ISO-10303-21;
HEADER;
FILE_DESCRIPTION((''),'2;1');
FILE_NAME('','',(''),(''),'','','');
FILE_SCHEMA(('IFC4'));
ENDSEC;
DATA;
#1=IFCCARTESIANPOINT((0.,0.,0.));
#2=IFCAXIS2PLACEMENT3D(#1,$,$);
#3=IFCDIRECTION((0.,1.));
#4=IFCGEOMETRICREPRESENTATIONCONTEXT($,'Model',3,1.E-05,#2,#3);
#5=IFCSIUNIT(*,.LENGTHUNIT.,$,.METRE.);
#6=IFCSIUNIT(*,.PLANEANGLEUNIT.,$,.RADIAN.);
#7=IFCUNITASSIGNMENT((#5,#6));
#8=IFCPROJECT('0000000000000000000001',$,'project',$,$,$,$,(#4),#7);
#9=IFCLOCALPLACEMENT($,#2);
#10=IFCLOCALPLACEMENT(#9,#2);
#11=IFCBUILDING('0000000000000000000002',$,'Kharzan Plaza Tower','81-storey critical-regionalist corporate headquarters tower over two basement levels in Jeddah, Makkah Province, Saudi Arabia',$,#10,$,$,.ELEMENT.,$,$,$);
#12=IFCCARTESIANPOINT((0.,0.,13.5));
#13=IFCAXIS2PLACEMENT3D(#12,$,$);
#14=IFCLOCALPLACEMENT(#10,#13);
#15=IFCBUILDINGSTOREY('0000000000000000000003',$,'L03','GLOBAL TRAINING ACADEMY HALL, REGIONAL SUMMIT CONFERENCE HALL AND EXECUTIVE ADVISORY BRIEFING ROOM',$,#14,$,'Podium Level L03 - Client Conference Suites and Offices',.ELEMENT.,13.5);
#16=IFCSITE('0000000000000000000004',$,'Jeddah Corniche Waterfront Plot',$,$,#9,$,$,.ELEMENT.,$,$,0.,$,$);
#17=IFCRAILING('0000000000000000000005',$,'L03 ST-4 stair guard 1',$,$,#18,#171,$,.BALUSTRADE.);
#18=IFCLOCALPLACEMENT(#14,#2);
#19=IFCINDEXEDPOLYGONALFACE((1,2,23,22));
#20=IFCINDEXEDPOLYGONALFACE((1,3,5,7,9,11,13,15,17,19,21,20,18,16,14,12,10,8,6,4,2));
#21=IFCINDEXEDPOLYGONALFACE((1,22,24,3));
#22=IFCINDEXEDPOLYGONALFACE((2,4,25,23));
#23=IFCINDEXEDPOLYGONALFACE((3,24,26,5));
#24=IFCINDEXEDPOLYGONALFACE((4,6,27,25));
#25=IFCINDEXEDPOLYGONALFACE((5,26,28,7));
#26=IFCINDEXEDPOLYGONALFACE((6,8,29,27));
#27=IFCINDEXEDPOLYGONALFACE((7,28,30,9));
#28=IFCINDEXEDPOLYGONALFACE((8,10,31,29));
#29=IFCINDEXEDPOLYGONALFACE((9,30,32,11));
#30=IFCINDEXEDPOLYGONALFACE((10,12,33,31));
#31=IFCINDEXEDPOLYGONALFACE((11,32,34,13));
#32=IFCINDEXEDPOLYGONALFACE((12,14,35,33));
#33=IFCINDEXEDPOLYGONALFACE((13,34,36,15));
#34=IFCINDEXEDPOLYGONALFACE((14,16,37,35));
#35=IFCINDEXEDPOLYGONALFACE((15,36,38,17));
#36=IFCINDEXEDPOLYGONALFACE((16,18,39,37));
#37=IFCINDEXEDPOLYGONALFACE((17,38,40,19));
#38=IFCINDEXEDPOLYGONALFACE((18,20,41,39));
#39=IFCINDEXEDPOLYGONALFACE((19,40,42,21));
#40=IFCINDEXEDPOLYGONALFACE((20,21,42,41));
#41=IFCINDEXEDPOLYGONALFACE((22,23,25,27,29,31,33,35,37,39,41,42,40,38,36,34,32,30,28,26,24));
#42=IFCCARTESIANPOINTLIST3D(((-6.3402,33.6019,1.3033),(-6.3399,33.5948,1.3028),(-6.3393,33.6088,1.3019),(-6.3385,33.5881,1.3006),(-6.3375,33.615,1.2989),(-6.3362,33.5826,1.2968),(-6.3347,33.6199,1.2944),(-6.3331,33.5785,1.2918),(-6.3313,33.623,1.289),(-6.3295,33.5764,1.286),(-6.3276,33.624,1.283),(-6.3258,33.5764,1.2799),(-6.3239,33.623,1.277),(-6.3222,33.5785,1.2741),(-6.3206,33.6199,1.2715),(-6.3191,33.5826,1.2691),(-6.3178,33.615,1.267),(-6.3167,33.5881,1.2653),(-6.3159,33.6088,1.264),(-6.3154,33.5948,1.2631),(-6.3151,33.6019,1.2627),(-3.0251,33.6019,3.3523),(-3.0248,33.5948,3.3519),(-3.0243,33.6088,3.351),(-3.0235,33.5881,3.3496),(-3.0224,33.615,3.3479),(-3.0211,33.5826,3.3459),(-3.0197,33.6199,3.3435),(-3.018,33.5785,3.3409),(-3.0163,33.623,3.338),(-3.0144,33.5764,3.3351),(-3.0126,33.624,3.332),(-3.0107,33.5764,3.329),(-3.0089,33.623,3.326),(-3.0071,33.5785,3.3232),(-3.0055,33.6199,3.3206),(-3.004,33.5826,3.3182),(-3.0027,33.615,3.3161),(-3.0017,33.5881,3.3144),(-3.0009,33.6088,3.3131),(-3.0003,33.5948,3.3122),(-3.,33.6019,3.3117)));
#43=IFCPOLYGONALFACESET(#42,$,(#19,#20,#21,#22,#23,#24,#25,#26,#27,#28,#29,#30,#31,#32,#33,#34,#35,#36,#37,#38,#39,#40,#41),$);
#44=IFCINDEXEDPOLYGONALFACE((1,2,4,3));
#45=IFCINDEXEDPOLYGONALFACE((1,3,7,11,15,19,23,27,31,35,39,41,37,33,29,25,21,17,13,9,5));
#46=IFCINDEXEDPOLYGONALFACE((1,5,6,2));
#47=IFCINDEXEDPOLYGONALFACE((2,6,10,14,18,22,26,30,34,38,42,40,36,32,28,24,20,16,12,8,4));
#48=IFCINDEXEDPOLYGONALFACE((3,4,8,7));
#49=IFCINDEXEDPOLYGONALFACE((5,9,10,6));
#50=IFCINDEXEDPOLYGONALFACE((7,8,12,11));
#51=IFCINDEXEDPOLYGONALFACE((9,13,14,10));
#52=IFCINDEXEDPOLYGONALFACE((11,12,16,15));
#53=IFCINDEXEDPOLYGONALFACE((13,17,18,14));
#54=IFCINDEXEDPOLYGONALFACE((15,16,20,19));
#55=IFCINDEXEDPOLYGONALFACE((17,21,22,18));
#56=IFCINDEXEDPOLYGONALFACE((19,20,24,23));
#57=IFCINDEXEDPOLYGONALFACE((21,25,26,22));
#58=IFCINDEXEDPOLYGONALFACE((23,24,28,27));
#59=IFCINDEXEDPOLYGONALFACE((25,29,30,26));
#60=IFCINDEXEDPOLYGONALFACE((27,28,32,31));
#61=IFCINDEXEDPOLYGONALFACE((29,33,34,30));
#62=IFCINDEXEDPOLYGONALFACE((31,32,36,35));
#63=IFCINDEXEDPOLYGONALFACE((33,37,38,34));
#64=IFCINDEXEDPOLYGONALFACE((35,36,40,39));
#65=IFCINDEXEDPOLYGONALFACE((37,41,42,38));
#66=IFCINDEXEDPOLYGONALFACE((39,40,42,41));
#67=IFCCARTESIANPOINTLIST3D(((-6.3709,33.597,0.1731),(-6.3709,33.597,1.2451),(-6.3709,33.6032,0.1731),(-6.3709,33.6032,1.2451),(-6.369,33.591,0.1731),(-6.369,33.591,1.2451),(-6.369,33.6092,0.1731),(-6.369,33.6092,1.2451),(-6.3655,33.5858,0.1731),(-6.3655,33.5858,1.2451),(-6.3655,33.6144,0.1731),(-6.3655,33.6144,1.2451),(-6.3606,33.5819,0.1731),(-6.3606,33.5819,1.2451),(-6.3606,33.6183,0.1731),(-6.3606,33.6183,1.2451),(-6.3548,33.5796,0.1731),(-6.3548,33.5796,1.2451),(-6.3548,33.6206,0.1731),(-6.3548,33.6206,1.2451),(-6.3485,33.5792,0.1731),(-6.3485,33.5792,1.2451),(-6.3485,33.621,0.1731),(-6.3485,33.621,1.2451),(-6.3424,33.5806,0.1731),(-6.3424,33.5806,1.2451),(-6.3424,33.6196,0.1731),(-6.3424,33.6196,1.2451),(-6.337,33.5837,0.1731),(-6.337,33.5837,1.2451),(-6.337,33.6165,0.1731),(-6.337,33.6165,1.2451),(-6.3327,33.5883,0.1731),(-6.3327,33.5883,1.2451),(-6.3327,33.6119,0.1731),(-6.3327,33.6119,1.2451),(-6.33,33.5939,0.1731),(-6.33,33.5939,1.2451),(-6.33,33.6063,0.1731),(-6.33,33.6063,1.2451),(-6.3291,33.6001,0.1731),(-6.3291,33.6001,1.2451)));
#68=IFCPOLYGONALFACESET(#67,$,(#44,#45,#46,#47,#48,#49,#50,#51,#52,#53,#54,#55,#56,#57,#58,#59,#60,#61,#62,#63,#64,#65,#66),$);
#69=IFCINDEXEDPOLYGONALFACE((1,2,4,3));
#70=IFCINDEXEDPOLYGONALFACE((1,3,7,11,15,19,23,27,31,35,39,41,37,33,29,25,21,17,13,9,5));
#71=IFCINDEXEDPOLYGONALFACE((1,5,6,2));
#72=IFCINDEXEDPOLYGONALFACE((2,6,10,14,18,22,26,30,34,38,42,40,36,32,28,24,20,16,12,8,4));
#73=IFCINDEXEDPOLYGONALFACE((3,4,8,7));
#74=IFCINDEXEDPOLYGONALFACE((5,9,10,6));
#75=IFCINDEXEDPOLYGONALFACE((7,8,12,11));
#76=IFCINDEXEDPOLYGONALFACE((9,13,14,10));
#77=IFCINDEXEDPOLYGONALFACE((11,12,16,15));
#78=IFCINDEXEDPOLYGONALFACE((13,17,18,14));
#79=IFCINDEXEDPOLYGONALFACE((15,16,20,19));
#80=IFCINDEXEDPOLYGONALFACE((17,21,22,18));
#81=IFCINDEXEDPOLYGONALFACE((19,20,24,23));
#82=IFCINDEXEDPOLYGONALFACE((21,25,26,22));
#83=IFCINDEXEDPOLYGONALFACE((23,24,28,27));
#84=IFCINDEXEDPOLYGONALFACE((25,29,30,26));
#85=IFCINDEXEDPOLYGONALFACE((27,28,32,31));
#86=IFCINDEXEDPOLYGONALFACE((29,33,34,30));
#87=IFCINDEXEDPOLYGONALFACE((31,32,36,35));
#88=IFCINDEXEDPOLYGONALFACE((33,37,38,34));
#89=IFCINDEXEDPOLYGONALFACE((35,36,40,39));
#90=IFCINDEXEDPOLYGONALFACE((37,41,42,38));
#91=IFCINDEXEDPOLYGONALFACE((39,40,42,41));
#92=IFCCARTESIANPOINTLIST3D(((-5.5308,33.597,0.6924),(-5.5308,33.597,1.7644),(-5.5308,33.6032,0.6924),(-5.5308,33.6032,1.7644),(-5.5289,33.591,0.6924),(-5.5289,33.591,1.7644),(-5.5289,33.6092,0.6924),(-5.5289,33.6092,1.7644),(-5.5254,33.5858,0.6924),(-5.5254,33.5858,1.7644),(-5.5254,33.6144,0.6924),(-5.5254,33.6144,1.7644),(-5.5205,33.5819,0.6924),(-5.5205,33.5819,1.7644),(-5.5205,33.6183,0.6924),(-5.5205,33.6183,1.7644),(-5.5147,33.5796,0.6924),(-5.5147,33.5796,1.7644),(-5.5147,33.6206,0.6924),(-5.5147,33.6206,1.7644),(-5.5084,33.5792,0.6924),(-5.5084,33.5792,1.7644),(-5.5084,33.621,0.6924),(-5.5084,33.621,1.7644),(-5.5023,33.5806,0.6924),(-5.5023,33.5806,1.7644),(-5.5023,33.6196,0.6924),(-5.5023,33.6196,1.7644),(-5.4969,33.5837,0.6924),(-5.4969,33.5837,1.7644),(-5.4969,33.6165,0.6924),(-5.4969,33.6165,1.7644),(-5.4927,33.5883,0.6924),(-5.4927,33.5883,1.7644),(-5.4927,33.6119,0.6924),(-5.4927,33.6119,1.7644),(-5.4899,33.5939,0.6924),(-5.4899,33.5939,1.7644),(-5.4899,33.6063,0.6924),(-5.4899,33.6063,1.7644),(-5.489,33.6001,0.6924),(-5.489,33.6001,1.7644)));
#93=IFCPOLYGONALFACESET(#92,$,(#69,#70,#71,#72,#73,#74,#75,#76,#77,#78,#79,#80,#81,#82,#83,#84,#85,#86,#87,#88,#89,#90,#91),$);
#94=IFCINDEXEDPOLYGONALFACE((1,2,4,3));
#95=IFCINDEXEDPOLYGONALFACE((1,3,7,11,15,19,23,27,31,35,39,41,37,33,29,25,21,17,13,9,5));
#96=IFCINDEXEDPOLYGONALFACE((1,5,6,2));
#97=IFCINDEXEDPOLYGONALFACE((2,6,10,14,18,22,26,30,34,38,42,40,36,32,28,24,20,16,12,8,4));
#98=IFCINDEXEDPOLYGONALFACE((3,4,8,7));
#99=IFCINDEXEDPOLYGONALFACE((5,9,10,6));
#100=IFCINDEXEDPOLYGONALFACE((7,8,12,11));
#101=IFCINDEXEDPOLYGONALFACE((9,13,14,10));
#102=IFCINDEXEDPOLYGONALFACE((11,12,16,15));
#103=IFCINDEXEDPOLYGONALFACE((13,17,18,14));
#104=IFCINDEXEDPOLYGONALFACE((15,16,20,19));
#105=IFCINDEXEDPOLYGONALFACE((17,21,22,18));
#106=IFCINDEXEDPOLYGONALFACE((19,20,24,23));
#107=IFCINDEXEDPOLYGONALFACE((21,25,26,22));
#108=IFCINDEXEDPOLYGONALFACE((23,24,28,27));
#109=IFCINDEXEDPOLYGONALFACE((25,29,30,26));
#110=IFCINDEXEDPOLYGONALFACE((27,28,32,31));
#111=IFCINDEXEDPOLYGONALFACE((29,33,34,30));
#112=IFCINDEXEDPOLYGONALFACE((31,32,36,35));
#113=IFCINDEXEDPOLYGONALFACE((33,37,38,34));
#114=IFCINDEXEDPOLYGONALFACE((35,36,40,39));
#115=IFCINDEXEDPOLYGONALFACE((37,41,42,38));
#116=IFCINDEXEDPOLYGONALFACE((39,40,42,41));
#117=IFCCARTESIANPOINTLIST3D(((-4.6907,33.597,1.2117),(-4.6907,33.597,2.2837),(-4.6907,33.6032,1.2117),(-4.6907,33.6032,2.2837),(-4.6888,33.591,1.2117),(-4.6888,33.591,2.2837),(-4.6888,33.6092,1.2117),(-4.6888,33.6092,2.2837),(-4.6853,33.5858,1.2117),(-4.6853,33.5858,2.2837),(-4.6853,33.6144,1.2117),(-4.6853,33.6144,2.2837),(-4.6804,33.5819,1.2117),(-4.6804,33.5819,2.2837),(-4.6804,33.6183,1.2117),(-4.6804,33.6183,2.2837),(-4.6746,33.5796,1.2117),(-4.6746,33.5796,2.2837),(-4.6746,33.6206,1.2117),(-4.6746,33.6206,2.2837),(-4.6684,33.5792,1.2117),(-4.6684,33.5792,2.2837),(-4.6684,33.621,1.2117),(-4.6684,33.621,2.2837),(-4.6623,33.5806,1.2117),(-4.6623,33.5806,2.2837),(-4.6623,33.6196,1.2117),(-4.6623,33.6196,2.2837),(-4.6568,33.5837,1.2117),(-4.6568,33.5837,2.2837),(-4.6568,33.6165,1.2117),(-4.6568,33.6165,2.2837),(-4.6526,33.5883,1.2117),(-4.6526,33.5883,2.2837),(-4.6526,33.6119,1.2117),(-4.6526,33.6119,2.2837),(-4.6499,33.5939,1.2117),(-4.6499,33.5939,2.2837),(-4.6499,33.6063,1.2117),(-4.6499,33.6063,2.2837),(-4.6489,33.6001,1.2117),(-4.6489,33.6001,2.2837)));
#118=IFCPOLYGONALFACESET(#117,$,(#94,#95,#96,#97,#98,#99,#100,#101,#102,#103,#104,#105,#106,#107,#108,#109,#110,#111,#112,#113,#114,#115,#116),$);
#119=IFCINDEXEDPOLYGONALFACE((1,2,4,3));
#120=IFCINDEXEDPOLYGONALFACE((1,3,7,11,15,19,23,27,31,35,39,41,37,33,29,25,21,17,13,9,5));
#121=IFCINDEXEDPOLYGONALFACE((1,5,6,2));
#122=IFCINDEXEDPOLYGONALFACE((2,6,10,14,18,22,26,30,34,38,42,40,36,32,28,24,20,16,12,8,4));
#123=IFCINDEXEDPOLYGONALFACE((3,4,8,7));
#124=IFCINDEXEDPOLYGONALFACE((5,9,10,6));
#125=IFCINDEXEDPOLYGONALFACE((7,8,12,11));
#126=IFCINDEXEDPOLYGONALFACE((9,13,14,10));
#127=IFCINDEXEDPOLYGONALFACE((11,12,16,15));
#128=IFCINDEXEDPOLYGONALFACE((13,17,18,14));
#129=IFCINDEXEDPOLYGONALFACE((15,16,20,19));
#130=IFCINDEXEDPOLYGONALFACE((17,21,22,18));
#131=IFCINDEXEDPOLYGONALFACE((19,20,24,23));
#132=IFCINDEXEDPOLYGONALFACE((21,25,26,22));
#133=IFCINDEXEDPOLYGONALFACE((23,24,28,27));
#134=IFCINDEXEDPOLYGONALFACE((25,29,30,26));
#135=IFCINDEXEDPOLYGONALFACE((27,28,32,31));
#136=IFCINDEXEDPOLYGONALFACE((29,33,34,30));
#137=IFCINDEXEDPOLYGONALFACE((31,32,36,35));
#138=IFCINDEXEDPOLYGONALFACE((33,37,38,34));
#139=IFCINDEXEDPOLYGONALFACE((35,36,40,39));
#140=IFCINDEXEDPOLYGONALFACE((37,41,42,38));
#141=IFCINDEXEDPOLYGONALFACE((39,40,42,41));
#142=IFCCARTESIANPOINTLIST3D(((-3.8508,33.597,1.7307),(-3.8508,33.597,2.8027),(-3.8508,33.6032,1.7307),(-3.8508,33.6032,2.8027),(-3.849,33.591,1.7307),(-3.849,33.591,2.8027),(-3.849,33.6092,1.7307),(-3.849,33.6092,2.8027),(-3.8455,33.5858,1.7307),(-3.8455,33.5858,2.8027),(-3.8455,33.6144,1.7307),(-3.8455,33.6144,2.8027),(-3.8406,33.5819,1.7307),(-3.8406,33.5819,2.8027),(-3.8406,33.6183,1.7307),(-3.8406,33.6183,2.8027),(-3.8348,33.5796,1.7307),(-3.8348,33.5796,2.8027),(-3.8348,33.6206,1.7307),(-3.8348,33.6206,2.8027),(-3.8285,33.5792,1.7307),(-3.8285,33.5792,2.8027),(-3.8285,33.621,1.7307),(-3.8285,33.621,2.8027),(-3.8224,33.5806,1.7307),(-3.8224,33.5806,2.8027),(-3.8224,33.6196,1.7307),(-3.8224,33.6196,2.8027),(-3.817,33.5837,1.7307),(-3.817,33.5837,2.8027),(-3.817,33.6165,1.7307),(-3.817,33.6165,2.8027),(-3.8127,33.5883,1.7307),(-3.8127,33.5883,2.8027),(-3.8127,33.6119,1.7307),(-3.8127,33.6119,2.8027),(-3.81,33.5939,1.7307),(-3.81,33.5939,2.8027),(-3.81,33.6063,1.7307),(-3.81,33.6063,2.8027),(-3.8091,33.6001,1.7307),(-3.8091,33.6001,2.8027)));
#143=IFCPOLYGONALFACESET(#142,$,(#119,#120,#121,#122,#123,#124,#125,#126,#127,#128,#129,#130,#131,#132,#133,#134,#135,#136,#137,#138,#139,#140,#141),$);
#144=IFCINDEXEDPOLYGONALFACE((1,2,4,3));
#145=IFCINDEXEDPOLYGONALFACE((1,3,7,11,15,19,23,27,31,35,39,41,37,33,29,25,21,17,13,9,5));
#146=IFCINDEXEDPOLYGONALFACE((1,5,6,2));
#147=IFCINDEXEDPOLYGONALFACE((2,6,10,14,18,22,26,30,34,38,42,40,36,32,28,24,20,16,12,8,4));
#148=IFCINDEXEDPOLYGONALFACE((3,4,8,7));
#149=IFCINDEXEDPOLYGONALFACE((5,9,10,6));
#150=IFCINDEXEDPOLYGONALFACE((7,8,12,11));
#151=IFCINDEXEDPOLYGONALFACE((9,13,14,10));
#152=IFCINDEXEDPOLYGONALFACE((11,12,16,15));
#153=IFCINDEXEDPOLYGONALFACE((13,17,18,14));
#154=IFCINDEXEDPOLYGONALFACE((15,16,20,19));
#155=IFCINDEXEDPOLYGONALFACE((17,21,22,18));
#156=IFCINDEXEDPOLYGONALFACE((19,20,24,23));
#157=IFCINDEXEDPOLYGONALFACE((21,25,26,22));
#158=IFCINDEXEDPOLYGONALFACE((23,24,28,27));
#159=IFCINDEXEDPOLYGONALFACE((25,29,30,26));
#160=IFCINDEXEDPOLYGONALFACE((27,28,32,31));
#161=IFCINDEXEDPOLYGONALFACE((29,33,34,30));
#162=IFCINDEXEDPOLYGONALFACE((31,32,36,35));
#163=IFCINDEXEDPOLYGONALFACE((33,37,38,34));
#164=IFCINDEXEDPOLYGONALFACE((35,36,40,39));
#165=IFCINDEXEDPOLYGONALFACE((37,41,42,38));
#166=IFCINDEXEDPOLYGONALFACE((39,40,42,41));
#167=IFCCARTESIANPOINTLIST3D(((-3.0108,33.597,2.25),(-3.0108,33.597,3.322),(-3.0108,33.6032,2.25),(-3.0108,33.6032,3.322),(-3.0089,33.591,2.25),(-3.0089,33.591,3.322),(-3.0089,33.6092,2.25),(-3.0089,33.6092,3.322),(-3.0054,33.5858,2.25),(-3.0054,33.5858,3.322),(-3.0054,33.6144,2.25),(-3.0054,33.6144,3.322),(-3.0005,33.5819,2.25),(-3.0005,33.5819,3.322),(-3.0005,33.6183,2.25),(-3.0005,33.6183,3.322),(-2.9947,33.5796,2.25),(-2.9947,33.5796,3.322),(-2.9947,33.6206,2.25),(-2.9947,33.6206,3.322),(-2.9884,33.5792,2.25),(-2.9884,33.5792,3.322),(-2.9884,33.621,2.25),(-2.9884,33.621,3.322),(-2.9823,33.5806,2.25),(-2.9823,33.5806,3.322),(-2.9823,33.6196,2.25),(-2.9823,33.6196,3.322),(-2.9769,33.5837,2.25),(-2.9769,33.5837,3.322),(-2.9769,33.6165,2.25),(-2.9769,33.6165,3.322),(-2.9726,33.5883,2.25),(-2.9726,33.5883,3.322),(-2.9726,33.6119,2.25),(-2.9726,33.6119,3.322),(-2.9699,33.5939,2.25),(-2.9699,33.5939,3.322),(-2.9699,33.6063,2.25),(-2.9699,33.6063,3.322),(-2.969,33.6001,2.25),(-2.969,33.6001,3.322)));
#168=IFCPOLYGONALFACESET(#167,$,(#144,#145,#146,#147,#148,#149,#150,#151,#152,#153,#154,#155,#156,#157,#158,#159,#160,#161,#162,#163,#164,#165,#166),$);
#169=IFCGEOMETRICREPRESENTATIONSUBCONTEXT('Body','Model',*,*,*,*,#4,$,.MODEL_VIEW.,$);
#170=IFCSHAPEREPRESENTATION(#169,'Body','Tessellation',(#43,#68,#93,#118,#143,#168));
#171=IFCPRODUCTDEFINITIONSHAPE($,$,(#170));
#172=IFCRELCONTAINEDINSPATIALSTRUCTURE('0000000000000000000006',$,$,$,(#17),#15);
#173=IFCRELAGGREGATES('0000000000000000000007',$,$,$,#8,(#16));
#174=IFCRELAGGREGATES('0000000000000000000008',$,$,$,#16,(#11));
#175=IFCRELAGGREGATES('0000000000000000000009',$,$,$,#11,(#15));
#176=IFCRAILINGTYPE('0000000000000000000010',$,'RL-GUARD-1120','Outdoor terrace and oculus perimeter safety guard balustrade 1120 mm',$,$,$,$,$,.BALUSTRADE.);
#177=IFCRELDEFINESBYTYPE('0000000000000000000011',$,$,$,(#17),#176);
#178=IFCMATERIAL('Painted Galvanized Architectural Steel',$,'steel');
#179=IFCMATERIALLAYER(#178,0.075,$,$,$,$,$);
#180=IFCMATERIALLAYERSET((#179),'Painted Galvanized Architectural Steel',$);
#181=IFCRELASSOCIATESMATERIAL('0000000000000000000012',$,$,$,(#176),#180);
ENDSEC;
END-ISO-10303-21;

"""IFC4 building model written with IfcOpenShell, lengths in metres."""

from ifc_helpers import new_model, si_unit, direction, frame, origin, origin_2d, place, context, subcontext, project, spatial, circle, extrude, source, transform, mapped, material, layer, layer_set, type_object, element, save


model = new_model("IFC4")

# Units and contexts
model_context = context("Model", 3, precision=1e-05, world=origin(), true_north=direction((0.0, 1.0)))
body_context = subcontext(model_context, "Body", "Model", "MODEL_VIEW")
ifc_project = project(units=[si_unit("LENGTHUNIT", "METRE"), si_unit("PLANEANGLEUNIT", "RADIAN")], contexts=[model_context])

# Site, building, storey
site_placement = place(None, origin())
site = spatial("IfcSite", under=ifc_project, at=site_placement, Name="Jeddah Corniche Waterfront Plot", CompositionType="ELEMENT", RefElevation=0.0)
building_placement = place(site_placement, origin())
building = spatial("IfcBuilding", under=site, at=building_placement, Name="Kharzan Plaza Tower", Description="81-storey critical-regionalist corporate headquarters tower over two basement levels in Jeddah, Makkah Province, Saudi Arabia", CompositionType="ELEMENT")
storey_placement = place(building_placement, frame((0.0, 0.0, 13.5)))
storey = spatial("IfcBuildingStorey", under=building, at=storey_placement, Name="L03", Description="GLOBAL TRAINING ACADEMY HALL, REGIONAL SUMMIT CONFERENCE HALL AND EXECUTIVE ADVISORY BRIEFING ROOM", LongName="Podium Level L03 - Client Conference Suites and Offices", CompositionType="ELEMENT", Elevation=13.5)

# Railing
ifc_material_1 = material(Name="Painted Galvanized Architectural Steel", Category="steel")
ifc_layer_1 = layer(ifc_material_1, 0.075)
ifc_layer_set_1 = layer_set([ifc_layer_1], Name="Painted Galvanized Architectural Steel")
railing_type_1 = type_object("IfcRailingType", Name="RL-GUARD-1120", Description="Outdoor terrace and oculus perimeter safety guard balustrade 1120 mm", PredefinedType="BALUSTRADE", material=ifc_layer_set_1)
shared_shape_1 = source(origin(), body_context, "Body", "SweptSolid", [
    extrude(circle(Radius=0.0239, at=origin_2d()), frame((0.0225, 0.0, 1.1099), z_axis=(0.850623, 0.0, 0.525776), x_axis=(0.0, 1.0, 0.0)), (0.0, 0.0, 1.0), 3.8972),
    extrude(circle(Radius=0.021, at=origin_2d()), origin(), (0.0, 0.0, 1.0), 1.072),
    extrude(circle(Radius=0.021, at=origin_2d()), frame((0.8401, 0.0, 0.5193)), (0.0, 0.0, 1.0), 1.072),
    extrude(circle(Radius=0.021, at=origin_2d()), frame((1.6802, 0.0, 1.0386)), (0.0, 0.0, 1.0), 1.072),
    extrude(circle(Radius=0.021, at=origin_2d()), frame((2.52, 0.0, 1.5576)), (0.0, 0.0, 1.0), 1.072),
    extrude(circle(Radius=0.021, at=origin_2d()), frame((3.3601, 0.0, 2.0769)), (0.0, 0.0, 1.0), 1.072),
])
railing_1_placement = place(storey_placement, frame((-6.3501, 33.6001, 0.1731)))
element("IfcRailing", 1, at=railing_1_placement, inside=storey, type_object=railing_type_1, Name="L03 ST-4 stair guard 1", PredefinedType="BALUSTRADE", context=body_context, shape_type="MappedRepresentation", body=[
    mapped(shared_shape_1, transform((0.0, 0.0, 0.0), x_axis=(1.0, 0.0, 0.0), y_axis=(0.0, 1.0, 0.0), z_axis=(0.0, 0.0, 1.0))),
])

save(model, "model.ifc")
